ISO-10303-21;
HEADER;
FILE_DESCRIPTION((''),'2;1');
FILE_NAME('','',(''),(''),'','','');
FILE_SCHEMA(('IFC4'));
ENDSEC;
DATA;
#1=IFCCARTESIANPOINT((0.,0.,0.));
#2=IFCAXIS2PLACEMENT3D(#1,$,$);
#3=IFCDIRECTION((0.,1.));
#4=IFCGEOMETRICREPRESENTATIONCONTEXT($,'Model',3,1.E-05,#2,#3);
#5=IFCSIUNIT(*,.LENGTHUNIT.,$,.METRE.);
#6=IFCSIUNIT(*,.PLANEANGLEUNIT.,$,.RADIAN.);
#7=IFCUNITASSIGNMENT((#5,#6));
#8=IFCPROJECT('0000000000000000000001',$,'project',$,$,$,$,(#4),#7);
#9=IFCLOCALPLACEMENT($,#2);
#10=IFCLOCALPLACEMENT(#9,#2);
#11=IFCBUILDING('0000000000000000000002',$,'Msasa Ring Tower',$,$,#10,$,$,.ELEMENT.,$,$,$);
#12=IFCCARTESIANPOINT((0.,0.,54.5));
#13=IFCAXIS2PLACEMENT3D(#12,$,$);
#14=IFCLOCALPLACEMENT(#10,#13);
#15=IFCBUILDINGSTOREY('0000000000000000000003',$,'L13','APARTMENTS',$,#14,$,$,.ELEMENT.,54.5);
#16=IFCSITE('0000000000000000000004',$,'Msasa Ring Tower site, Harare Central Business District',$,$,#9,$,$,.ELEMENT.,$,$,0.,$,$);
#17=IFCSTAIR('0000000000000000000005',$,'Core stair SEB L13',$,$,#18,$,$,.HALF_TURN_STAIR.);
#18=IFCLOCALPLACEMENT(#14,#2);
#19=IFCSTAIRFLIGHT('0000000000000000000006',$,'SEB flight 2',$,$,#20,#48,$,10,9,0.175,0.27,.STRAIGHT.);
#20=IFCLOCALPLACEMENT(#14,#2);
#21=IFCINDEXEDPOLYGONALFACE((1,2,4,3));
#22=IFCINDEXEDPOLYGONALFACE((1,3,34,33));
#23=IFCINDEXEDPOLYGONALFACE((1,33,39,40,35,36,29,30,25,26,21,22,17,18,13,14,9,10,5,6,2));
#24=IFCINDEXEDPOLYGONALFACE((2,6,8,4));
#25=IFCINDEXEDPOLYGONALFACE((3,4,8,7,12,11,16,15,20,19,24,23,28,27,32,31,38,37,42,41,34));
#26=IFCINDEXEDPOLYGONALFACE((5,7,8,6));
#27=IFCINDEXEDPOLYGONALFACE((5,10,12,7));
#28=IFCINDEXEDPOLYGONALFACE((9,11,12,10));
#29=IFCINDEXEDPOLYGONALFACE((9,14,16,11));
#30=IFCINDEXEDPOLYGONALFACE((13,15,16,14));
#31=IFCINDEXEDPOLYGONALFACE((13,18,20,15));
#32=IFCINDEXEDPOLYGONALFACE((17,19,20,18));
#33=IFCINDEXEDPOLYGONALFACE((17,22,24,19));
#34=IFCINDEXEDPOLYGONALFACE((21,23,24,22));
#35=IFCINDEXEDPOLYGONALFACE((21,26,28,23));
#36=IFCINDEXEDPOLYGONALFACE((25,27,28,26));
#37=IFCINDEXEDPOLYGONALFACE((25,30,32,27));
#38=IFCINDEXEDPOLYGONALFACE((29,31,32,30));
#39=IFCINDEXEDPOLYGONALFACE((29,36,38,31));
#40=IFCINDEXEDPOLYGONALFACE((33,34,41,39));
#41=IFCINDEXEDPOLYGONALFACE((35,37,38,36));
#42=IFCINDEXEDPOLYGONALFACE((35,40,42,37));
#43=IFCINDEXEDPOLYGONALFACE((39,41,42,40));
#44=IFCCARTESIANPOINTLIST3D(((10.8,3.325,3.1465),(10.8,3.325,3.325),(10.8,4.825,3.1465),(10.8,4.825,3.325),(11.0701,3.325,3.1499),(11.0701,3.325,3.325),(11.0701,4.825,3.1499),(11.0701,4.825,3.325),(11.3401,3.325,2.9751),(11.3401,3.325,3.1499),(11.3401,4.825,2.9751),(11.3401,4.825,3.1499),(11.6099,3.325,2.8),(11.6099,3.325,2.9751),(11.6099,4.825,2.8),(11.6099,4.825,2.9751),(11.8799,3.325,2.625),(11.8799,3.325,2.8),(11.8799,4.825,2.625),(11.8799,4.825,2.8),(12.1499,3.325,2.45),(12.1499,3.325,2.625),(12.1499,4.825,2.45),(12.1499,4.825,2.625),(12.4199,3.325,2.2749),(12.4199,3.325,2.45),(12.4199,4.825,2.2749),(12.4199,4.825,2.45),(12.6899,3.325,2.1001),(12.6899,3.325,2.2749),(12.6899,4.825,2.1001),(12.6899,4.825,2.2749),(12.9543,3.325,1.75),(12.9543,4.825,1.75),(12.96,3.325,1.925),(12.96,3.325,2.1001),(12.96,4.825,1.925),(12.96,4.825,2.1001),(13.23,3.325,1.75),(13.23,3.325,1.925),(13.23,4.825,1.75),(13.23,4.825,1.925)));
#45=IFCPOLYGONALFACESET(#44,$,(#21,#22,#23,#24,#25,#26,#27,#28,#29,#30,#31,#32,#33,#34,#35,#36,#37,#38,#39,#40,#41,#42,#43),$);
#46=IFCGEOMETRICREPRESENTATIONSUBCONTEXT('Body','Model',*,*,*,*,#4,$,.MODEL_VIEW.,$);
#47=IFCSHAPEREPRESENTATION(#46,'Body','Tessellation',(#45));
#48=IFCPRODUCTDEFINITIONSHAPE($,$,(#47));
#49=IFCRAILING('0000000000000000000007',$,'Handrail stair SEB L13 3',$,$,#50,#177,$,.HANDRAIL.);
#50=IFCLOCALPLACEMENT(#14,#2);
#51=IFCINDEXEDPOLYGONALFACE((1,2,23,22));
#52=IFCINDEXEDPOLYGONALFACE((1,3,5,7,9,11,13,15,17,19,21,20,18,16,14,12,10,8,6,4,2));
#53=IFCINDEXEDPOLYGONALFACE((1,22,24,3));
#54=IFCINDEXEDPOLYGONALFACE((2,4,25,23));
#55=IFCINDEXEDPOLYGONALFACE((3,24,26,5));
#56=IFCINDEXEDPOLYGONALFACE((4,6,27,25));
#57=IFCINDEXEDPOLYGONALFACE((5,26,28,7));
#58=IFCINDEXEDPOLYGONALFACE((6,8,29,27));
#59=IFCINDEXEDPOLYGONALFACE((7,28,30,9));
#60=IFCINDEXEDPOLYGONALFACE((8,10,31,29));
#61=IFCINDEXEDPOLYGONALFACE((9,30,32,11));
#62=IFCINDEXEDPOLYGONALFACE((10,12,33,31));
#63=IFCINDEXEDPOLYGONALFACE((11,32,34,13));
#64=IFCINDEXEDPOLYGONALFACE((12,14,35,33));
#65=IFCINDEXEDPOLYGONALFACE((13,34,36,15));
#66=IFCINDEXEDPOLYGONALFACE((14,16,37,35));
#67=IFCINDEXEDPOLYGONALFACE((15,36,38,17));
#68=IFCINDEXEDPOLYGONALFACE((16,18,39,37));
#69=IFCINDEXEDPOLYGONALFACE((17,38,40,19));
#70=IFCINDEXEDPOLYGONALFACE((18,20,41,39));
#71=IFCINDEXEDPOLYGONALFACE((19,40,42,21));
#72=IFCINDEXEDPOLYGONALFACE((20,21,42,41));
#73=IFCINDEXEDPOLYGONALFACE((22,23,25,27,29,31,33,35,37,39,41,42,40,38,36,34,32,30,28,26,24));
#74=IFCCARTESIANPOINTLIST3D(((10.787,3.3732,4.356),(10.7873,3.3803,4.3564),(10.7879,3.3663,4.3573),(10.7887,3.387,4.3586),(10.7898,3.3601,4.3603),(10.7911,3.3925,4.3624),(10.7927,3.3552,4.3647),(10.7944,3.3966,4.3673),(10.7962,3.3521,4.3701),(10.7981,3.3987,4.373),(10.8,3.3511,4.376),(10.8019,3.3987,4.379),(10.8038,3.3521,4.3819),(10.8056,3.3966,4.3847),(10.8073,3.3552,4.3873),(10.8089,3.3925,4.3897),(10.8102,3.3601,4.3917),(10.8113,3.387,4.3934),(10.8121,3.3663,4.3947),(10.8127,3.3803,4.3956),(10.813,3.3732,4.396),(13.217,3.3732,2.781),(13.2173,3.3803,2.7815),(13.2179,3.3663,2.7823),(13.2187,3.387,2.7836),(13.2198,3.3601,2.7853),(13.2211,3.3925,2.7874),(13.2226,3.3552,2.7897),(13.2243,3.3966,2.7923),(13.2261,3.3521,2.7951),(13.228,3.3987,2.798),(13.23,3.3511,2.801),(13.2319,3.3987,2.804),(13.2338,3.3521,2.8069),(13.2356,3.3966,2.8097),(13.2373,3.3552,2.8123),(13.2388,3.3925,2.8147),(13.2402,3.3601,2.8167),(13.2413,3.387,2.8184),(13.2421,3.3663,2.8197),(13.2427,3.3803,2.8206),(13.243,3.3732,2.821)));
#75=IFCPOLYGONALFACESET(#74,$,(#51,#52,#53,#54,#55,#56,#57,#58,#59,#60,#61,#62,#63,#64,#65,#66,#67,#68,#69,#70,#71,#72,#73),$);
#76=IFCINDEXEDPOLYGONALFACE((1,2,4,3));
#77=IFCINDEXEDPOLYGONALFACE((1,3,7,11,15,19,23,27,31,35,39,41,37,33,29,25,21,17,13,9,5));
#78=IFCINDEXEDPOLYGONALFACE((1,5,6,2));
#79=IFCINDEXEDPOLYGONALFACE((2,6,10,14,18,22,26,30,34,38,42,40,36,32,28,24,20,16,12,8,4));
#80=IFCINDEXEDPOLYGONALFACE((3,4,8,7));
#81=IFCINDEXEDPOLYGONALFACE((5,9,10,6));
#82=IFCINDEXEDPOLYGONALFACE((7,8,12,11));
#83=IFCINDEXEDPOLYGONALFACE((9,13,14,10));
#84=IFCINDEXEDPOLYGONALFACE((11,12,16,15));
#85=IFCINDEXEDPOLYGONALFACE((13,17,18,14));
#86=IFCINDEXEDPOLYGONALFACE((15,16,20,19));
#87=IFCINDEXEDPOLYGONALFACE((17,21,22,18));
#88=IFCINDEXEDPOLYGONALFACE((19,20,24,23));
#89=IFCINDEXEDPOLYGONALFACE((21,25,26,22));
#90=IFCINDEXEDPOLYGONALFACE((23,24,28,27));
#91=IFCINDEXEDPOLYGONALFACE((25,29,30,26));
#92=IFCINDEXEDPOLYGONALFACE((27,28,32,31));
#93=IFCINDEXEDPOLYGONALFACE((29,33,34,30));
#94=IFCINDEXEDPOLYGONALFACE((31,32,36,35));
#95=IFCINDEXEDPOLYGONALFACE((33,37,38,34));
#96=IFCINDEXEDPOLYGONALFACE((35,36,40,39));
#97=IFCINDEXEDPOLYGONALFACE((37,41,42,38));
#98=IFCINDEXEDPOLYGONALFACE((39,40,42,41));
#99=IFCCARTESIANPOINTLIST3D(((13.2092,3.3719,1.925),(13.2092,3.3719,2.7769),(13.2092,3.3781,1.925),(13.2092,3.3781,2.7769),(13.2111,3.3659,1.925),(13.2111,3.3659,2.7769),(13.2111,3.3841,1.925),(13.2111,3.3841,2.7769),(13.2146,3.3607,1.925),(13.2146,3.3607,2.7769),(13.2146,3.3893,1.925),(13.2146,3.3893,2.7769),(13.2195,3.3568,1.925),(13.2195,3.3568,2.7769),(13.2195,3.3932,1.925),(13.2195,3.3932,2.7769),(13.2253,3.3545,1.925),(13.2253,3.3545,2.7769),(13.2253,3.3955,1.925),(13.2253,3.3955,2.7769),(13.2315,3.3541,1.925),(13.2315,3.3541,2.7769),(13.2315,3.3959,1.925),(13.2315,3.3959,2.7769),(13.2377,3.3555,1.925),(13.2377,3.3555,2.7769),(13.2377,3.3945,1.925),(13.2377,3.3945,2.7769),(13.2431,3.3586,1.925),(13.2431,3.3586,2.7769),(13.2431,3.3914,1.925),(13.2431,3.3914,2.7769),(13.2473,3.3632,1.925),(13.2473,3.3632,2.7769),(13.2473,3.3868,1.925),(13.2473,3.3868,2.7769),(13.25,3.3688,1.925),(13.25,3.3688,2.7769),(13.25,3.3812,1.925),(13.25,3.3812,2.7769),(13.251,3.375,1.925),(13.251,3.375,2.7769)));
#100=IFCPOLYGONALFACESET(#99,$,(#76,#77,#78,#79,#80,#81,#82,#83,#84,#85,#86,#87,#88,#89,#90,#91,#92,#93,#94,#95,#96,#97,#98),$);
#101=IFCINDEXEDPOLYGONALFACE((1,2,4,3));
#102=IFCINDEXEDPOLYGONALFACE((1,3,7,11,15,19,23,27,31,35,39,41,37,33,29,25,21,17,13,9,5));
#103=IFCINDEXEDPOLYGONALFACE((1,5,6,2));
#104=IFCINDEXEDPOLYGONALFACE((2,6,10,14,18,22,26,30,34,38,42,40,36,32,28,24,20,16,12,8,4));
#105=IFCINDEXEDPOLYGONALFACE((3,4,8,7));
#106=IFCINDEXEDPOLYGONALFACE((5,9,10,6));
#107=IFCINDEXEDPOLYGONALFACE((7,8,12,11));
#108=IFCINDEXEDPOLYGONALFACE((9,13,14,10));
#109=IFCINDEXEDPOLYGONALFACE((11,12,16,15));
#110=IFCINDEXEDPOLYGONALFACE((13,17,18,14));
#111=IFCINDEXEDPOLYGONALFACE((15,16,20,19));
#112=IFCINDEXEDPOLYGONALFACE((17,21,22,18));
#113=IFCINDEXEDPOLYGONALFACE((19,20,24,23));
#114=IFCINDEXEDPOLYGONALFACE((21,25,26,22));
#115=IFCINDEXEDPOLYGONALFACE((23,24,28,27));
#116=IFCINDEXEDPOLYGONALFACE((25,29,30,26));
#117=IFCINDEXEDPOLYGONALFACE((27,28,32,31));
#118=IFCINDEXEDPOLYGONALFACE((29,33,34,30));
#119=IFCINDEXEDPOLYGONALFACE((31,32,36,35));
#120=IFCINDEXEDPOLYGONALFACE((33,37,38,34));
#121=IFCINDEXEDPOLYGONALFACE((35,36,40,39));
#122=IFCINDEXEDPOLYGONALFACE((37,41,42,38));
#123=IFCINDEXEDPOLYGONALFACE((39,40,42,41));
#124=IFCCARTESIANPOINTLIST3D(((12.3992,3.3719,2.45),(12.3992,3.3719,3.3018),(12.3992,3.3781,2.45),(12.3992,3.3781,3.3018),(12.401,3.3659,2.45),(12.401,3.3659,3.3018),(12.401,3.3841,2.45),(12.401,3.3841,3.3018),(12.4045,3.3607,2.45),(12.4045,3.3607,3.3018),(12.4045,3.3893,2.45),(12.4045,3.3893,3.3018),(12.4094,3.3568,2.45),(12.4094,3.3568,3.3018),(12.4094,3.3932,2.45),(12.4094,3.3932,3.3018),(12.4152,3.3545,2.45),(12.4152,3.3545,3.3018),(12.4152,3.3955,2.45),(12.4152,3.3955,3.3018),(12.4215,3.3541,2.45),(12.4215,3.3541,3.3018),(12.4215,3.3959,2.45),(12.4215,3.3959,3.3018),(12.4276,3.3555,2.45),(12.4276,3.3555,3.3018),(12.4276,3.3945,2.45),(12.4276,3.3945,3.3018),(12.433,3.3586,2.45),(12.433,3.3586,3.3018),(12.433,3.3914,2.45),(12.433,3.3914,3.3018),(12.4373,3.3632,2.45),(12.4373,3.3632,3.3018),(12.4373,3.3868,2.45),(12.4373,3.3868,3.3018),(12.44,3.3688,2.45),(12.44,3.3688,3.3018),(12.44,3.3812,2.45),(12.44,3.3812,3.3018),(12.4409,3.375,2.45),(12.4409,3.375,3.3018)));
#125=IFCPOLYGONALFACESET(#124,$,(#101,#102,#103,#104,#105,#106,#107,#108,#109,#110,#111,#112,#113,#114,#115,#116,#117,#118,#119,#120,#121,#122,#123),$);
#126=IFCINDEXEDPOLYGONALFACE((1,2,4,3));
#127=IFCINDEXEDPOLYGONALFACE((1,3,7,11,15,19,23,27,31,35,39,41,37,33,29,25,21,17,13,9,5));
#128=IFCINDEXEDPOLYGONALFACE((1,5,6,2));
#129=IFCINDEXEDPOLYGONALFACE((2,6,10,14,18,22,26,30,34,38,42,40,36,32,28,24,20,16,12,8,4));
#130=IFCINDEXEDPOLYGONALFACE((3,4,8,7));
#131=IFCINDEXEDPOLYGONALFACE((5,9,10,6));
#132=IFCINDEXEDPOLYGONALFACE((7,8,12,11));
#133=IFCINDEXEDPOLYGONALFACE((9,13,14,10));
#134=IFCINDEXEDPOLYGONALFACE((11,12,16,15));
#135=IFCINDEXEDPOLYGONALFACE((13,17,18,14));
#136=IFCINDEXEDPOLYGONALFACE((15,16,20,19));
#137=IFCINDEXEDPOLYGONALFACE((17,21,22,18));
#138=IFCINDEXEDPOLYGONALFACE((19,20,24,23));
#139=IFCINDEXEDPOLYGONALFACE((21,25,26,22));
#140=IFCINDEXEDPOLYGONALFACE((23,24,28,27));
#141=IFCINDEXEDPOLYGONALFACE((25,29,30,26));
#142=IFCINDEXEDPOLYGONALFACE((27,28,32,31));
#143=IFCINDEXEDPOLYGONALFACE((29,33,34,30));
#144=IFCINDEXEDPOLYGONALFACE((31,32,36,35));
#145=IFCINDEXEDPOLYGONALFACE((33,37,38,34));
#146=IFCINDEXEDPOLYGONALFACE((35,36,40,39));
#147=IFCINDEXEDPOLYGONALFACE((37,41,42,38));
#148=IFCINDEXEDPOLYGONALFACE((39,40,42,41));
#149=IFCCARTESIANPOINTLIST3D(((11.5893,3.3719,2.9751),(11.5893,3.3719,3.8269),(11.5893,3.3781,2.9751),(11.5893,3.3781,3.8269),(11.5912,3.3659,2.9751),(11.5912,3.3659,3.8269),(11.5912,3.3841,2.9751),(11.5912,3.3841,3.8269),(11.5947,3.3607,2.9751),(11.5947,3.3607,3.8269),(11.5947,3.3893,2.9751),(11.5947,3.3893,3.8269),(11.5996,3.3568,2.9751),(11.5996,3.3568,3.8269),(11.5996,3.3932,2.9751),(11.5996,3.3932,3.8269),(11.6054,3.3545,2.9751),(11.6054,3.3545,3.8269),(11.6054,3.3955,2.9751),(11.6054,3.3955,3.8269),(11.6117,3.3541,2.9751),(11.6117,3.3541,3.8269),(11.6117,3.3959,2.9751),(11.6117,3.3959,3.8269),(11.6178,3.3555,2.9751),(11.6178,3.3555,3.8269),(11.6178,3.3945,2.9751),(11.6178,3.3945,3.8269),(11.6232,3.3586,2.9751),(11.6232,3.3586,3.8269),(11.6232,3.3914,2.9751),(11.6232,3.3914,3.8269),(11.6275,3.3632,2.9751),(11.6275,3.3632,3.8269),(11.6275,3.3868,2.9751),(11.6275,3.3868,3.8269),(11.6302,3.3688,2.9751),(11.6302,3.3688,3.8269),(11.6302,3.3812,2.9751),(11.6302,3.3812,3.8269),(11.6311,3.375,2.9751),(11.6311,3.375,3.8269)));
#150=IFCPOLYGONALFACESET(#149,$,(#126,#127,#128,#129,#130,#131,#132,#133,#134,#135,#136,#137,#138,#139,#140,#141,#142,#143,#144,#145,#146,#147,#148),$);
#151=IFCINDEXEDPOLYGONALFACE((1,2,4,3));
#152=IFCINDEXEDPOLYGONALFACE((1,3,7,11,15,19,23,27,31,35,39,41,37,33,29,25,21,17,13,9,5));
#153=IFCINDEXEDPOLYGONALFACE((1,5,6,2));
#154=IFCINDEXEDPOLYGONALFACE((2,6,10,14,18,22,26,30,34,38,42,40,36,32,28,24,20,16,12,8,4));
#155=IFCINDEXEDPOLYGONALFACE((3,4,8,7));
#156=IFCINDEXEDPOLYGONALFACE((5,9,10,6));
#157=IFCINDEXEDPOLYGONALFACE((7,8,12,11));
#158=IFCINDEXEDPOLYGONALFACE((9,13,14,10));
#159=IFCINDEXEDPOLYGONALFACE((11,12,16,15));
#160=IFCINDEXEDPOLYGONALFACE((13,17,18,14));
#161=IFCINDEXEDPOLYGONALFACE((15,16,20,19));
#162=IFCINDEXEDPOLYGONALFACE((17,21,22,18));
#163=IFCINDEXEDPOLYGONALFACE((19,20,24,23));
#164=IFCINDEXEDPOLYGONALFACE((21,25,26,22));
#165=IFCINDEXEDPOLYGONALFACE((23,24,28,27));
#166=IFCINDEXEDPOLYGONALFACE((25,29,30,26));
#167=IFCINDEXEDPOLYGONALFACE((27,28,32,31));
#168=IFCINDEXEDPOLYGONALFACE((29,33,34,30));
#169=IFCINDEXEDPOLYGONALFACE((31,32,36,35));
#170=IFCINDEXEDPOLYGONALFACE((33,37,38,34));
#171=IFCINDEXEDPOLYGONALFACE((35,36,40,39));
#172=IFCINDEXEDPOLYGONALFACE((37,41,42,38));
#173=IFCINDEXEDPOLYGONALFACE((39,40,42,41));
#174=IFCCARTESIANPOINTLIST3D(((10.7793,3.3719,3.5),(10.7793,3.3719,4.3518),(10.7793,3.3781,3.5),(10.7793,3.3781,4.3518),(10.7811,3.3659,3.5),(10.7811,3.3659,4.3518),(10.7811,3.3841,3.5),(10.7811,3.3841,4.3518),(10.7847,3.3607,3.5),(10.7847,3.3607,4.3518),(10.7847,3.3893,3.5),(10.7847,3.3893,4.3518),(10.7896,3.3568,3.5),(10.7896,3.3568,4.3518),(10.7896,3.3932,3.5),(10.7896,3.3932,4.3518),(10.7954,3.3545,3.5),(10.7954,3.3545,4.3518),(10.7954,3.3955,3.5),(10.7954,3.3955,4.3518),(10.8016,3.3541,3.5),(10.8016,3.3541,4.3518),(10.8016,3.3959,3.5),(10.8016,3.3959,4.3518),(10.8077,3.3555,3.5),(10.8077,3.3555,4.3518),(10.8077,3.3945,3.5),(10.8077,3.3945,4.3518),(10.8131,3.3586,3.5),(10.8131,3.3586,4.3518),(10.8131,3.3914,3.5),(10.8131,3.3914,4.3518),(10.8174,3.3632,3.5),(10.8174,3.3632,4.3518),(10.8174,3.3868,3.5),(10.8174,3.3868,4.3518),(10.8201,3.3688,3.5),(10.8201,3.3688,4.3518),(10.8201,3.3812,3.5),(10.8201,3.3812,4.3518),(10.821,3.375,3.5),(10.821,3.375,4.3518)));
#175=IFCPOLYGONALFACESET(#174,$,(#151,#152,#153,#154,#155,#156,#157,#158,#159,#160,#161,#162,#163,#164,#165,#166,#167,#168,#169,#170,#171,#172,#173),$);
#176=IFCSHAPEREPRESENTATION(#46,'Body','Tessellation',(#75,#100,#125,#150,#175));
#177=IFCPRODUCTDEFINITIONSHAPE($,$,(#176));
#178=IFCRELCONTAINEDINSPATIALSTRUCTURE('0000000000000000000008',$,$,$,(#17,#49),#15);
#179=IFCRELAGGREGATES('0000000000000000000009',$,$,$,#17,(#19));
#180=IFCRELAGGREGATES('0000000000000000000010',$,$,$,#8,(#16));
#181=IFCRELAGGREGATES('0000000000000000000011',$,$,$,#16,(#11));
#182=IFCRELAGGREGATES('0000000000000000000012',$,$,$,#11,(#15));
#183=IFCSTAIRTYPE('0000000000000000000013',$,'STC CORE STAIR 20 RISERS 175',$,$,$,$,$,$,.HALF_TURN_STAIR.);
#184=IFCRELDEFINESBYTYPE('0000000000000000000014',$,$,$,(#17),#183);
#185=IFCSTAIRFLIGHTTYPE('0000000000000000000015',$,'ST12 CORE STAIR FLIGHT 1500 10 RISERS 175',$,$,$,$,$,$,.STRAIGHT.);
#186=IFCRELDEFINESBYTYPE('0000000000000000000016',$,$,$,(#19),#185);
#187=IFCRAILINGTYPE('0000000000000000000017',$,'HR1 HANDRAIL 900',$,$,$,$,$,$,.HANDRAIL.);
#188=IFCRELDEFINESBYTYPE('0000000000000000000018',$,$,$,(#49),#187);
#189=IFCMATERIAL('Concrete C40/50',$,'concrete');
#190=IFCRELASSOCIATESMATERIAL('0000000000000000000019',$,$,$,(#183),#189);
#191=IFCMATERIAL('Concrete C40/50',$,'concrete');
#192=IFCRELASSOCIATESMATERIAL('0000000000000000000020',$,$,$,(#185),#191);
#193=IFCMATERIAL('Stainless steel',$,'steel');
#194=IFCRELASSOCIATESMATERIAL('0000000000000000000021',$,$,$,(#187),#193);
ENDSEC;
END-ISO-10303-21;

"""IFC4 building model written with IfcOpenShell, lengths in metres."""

from ifc_helpers import new_model, si_unit, direction, frame, origin, origin_2d, place, context, subcontext, project, spatial, polyline, circle, outline, extrude, material, type_object, element, aggregate, save


model = new_model("IFC4")

# Units and contexts
model_context = context("Model", 3, precision=1e-05, world=origin(), true_north=direction((0.0, 1.0)))
body_context = subcontext(model_context, "Body", "Model", "MODEL_VIEW")
ifc_project = project(units=[si_unit("LENGTHUNIT", "METRE"), si_unit("PLANEANGLEUNIT", "RADIAN")], contexts=[model_context])

# Site, building, storey
site_placement = place(None, origin())
site = spatial("IfcSite", under=ifc_project, at=site_placement, Name="Msasa Ring Tower site, Harare Central Business District", CompositionType="ELEMENT", RefElevation=0.0)
building_placement = place(site_placement, origin())
building = spatial("IfcBuilding", under=site, at=building_placement, Name="Msasa Ring Tower", CompositionType="ELEMENT")
storey_placement = place(building_placement, frame((0.0, 0.0, 54.5)))
storey = spatial("IfcBuildingStorey", under=building, at=storey_placement, Name="L13", Description="APARTMENTS", CompositionType="ELEMENT", Elevation=54.5)

# Stair, stair flight
ifc_material_1 = material(Name="Concrete C40/50", Category="concrete")
stair_type = type_object("IfcStairType", Name="STC CORE STAIR 20 RISERS 175", PredefinedType="HALF_TURN_STAIR", material=ifc_material_1)
stair_placement = place(storey_placement, origin())
stair = element("IfcStair", 1, at=stair_placement, inside=storey, type_object=stair_type, Name="Core stair SEB L13", PredefinedType="HALF_TURN_STAIR")
ifc_material_2 = material(Name="Concrete C40/50", Category="concrete")
stair_flight_type = type_object("IfcStairFlightType", Name="ST12 CORE STAIR FLIGHT 1500 10 RISERS 175", PredefinedType="STRAIGHT", material=ifc_material_2)
stair_flight_placement = place(storey_placement, frame((13.23, 4.075, 1.75), z_axis=(0.0, 0.0, 1.0), x_axis=(-1.0, 0.0, 0.0)))
stair_flight = element("IfcStairFlight", 2, at=stair_flight_placement, type_object=stair_flight_type, Name="SEB flight 2", NumberOfRisers=10, NumberOfTreads=9, PredefinedType="STRAIGHT", RiserHeight=0.175, TreadLength=0.27, context=body_context, shape_type="SweptSolid", body=[
    extrude(outline(polyline([(0.0, 0.0), (0.0, 0.175), (0.27, 0.175), (0.27, 0.3501), (0.54, 0.3501), (0.54, 0.5249), (0.8101, 0.5249), (0.8101, 0.7), (1.0801, 0.7), (1.0801, 0.875), (1.3501, 0.875), (1.3501, 1.05), (1.6201, 1.05), (1.6201, 1.2251), (1.8899, 1.2251), (1.8899, 1.3999), (2.1599, 1.3999), (2.1599, 1.575), (2.4299, 1.575), (2.4299, 1.75), (2.4299, 1.3965), (0.2756, 0.0), (0.0, 0.0)])), frame((0.0, 0.75, 0.0), z_axis=(0.0, -1.0, 0.0), x_axis=(1.0, 0.0, 0.0)), (0.0, 0.0, 1.0), 1.5),
])
aggregate(stair, [stair_flight])

# Railing
ifc_material_3 = material(Name="Stainless steel", Category="steel")
railing_type = type_object("IfcRailingType", Name="HR1 HANDRAIL 900", PredefinedType="HANDRAIL", material=ifc_material_3)
for number, where, name in (
    (3, (13.23, 3.375, 1.925), "Handrail stair SEB L13 3"),
):
    element("IfcRailing", number, at=place(storey_placement, frame(where)), inside=storey, type_object=railing_type, Name=name, PredefinedType="HANDRAIL", context=body_context, shape_type="SweptSolid", body=[
        extrude(circle(Radius=0.0239, at=origin_2d()), frame((0.0, 0.0, 0.876), z_axis=(-0.839154, 0.0, 0.543894), x_axis=(0.0, -1.0, 0.0)), (0.0, 0.0, 1.0), 2.8958),
        extrude(circle(Radius=0.021, at=origin_2d()), origin(), (0.0, 0.0, 1.0), 0.8518),
        extrude(circle(Radius=0.021, at=origin_2d()), frame((-0.8101, 0.0, 0.5249)), (0.0, 0.0, 1.0), 0.8518),
        extrude(circle(Radius=0.021, at=origin_2d()), frame((-1.6199, 0.0, 1.05)), (0.0, 0.0, 1.0), 0.8518),
        extrude(circle(Radius=0.021, at=origin_2d()), frame((-2.4299, 0.0, 1.575)), (0.0, 0.0, 1.0), 0.8518),
    ])

save(model, "model.ifc")
